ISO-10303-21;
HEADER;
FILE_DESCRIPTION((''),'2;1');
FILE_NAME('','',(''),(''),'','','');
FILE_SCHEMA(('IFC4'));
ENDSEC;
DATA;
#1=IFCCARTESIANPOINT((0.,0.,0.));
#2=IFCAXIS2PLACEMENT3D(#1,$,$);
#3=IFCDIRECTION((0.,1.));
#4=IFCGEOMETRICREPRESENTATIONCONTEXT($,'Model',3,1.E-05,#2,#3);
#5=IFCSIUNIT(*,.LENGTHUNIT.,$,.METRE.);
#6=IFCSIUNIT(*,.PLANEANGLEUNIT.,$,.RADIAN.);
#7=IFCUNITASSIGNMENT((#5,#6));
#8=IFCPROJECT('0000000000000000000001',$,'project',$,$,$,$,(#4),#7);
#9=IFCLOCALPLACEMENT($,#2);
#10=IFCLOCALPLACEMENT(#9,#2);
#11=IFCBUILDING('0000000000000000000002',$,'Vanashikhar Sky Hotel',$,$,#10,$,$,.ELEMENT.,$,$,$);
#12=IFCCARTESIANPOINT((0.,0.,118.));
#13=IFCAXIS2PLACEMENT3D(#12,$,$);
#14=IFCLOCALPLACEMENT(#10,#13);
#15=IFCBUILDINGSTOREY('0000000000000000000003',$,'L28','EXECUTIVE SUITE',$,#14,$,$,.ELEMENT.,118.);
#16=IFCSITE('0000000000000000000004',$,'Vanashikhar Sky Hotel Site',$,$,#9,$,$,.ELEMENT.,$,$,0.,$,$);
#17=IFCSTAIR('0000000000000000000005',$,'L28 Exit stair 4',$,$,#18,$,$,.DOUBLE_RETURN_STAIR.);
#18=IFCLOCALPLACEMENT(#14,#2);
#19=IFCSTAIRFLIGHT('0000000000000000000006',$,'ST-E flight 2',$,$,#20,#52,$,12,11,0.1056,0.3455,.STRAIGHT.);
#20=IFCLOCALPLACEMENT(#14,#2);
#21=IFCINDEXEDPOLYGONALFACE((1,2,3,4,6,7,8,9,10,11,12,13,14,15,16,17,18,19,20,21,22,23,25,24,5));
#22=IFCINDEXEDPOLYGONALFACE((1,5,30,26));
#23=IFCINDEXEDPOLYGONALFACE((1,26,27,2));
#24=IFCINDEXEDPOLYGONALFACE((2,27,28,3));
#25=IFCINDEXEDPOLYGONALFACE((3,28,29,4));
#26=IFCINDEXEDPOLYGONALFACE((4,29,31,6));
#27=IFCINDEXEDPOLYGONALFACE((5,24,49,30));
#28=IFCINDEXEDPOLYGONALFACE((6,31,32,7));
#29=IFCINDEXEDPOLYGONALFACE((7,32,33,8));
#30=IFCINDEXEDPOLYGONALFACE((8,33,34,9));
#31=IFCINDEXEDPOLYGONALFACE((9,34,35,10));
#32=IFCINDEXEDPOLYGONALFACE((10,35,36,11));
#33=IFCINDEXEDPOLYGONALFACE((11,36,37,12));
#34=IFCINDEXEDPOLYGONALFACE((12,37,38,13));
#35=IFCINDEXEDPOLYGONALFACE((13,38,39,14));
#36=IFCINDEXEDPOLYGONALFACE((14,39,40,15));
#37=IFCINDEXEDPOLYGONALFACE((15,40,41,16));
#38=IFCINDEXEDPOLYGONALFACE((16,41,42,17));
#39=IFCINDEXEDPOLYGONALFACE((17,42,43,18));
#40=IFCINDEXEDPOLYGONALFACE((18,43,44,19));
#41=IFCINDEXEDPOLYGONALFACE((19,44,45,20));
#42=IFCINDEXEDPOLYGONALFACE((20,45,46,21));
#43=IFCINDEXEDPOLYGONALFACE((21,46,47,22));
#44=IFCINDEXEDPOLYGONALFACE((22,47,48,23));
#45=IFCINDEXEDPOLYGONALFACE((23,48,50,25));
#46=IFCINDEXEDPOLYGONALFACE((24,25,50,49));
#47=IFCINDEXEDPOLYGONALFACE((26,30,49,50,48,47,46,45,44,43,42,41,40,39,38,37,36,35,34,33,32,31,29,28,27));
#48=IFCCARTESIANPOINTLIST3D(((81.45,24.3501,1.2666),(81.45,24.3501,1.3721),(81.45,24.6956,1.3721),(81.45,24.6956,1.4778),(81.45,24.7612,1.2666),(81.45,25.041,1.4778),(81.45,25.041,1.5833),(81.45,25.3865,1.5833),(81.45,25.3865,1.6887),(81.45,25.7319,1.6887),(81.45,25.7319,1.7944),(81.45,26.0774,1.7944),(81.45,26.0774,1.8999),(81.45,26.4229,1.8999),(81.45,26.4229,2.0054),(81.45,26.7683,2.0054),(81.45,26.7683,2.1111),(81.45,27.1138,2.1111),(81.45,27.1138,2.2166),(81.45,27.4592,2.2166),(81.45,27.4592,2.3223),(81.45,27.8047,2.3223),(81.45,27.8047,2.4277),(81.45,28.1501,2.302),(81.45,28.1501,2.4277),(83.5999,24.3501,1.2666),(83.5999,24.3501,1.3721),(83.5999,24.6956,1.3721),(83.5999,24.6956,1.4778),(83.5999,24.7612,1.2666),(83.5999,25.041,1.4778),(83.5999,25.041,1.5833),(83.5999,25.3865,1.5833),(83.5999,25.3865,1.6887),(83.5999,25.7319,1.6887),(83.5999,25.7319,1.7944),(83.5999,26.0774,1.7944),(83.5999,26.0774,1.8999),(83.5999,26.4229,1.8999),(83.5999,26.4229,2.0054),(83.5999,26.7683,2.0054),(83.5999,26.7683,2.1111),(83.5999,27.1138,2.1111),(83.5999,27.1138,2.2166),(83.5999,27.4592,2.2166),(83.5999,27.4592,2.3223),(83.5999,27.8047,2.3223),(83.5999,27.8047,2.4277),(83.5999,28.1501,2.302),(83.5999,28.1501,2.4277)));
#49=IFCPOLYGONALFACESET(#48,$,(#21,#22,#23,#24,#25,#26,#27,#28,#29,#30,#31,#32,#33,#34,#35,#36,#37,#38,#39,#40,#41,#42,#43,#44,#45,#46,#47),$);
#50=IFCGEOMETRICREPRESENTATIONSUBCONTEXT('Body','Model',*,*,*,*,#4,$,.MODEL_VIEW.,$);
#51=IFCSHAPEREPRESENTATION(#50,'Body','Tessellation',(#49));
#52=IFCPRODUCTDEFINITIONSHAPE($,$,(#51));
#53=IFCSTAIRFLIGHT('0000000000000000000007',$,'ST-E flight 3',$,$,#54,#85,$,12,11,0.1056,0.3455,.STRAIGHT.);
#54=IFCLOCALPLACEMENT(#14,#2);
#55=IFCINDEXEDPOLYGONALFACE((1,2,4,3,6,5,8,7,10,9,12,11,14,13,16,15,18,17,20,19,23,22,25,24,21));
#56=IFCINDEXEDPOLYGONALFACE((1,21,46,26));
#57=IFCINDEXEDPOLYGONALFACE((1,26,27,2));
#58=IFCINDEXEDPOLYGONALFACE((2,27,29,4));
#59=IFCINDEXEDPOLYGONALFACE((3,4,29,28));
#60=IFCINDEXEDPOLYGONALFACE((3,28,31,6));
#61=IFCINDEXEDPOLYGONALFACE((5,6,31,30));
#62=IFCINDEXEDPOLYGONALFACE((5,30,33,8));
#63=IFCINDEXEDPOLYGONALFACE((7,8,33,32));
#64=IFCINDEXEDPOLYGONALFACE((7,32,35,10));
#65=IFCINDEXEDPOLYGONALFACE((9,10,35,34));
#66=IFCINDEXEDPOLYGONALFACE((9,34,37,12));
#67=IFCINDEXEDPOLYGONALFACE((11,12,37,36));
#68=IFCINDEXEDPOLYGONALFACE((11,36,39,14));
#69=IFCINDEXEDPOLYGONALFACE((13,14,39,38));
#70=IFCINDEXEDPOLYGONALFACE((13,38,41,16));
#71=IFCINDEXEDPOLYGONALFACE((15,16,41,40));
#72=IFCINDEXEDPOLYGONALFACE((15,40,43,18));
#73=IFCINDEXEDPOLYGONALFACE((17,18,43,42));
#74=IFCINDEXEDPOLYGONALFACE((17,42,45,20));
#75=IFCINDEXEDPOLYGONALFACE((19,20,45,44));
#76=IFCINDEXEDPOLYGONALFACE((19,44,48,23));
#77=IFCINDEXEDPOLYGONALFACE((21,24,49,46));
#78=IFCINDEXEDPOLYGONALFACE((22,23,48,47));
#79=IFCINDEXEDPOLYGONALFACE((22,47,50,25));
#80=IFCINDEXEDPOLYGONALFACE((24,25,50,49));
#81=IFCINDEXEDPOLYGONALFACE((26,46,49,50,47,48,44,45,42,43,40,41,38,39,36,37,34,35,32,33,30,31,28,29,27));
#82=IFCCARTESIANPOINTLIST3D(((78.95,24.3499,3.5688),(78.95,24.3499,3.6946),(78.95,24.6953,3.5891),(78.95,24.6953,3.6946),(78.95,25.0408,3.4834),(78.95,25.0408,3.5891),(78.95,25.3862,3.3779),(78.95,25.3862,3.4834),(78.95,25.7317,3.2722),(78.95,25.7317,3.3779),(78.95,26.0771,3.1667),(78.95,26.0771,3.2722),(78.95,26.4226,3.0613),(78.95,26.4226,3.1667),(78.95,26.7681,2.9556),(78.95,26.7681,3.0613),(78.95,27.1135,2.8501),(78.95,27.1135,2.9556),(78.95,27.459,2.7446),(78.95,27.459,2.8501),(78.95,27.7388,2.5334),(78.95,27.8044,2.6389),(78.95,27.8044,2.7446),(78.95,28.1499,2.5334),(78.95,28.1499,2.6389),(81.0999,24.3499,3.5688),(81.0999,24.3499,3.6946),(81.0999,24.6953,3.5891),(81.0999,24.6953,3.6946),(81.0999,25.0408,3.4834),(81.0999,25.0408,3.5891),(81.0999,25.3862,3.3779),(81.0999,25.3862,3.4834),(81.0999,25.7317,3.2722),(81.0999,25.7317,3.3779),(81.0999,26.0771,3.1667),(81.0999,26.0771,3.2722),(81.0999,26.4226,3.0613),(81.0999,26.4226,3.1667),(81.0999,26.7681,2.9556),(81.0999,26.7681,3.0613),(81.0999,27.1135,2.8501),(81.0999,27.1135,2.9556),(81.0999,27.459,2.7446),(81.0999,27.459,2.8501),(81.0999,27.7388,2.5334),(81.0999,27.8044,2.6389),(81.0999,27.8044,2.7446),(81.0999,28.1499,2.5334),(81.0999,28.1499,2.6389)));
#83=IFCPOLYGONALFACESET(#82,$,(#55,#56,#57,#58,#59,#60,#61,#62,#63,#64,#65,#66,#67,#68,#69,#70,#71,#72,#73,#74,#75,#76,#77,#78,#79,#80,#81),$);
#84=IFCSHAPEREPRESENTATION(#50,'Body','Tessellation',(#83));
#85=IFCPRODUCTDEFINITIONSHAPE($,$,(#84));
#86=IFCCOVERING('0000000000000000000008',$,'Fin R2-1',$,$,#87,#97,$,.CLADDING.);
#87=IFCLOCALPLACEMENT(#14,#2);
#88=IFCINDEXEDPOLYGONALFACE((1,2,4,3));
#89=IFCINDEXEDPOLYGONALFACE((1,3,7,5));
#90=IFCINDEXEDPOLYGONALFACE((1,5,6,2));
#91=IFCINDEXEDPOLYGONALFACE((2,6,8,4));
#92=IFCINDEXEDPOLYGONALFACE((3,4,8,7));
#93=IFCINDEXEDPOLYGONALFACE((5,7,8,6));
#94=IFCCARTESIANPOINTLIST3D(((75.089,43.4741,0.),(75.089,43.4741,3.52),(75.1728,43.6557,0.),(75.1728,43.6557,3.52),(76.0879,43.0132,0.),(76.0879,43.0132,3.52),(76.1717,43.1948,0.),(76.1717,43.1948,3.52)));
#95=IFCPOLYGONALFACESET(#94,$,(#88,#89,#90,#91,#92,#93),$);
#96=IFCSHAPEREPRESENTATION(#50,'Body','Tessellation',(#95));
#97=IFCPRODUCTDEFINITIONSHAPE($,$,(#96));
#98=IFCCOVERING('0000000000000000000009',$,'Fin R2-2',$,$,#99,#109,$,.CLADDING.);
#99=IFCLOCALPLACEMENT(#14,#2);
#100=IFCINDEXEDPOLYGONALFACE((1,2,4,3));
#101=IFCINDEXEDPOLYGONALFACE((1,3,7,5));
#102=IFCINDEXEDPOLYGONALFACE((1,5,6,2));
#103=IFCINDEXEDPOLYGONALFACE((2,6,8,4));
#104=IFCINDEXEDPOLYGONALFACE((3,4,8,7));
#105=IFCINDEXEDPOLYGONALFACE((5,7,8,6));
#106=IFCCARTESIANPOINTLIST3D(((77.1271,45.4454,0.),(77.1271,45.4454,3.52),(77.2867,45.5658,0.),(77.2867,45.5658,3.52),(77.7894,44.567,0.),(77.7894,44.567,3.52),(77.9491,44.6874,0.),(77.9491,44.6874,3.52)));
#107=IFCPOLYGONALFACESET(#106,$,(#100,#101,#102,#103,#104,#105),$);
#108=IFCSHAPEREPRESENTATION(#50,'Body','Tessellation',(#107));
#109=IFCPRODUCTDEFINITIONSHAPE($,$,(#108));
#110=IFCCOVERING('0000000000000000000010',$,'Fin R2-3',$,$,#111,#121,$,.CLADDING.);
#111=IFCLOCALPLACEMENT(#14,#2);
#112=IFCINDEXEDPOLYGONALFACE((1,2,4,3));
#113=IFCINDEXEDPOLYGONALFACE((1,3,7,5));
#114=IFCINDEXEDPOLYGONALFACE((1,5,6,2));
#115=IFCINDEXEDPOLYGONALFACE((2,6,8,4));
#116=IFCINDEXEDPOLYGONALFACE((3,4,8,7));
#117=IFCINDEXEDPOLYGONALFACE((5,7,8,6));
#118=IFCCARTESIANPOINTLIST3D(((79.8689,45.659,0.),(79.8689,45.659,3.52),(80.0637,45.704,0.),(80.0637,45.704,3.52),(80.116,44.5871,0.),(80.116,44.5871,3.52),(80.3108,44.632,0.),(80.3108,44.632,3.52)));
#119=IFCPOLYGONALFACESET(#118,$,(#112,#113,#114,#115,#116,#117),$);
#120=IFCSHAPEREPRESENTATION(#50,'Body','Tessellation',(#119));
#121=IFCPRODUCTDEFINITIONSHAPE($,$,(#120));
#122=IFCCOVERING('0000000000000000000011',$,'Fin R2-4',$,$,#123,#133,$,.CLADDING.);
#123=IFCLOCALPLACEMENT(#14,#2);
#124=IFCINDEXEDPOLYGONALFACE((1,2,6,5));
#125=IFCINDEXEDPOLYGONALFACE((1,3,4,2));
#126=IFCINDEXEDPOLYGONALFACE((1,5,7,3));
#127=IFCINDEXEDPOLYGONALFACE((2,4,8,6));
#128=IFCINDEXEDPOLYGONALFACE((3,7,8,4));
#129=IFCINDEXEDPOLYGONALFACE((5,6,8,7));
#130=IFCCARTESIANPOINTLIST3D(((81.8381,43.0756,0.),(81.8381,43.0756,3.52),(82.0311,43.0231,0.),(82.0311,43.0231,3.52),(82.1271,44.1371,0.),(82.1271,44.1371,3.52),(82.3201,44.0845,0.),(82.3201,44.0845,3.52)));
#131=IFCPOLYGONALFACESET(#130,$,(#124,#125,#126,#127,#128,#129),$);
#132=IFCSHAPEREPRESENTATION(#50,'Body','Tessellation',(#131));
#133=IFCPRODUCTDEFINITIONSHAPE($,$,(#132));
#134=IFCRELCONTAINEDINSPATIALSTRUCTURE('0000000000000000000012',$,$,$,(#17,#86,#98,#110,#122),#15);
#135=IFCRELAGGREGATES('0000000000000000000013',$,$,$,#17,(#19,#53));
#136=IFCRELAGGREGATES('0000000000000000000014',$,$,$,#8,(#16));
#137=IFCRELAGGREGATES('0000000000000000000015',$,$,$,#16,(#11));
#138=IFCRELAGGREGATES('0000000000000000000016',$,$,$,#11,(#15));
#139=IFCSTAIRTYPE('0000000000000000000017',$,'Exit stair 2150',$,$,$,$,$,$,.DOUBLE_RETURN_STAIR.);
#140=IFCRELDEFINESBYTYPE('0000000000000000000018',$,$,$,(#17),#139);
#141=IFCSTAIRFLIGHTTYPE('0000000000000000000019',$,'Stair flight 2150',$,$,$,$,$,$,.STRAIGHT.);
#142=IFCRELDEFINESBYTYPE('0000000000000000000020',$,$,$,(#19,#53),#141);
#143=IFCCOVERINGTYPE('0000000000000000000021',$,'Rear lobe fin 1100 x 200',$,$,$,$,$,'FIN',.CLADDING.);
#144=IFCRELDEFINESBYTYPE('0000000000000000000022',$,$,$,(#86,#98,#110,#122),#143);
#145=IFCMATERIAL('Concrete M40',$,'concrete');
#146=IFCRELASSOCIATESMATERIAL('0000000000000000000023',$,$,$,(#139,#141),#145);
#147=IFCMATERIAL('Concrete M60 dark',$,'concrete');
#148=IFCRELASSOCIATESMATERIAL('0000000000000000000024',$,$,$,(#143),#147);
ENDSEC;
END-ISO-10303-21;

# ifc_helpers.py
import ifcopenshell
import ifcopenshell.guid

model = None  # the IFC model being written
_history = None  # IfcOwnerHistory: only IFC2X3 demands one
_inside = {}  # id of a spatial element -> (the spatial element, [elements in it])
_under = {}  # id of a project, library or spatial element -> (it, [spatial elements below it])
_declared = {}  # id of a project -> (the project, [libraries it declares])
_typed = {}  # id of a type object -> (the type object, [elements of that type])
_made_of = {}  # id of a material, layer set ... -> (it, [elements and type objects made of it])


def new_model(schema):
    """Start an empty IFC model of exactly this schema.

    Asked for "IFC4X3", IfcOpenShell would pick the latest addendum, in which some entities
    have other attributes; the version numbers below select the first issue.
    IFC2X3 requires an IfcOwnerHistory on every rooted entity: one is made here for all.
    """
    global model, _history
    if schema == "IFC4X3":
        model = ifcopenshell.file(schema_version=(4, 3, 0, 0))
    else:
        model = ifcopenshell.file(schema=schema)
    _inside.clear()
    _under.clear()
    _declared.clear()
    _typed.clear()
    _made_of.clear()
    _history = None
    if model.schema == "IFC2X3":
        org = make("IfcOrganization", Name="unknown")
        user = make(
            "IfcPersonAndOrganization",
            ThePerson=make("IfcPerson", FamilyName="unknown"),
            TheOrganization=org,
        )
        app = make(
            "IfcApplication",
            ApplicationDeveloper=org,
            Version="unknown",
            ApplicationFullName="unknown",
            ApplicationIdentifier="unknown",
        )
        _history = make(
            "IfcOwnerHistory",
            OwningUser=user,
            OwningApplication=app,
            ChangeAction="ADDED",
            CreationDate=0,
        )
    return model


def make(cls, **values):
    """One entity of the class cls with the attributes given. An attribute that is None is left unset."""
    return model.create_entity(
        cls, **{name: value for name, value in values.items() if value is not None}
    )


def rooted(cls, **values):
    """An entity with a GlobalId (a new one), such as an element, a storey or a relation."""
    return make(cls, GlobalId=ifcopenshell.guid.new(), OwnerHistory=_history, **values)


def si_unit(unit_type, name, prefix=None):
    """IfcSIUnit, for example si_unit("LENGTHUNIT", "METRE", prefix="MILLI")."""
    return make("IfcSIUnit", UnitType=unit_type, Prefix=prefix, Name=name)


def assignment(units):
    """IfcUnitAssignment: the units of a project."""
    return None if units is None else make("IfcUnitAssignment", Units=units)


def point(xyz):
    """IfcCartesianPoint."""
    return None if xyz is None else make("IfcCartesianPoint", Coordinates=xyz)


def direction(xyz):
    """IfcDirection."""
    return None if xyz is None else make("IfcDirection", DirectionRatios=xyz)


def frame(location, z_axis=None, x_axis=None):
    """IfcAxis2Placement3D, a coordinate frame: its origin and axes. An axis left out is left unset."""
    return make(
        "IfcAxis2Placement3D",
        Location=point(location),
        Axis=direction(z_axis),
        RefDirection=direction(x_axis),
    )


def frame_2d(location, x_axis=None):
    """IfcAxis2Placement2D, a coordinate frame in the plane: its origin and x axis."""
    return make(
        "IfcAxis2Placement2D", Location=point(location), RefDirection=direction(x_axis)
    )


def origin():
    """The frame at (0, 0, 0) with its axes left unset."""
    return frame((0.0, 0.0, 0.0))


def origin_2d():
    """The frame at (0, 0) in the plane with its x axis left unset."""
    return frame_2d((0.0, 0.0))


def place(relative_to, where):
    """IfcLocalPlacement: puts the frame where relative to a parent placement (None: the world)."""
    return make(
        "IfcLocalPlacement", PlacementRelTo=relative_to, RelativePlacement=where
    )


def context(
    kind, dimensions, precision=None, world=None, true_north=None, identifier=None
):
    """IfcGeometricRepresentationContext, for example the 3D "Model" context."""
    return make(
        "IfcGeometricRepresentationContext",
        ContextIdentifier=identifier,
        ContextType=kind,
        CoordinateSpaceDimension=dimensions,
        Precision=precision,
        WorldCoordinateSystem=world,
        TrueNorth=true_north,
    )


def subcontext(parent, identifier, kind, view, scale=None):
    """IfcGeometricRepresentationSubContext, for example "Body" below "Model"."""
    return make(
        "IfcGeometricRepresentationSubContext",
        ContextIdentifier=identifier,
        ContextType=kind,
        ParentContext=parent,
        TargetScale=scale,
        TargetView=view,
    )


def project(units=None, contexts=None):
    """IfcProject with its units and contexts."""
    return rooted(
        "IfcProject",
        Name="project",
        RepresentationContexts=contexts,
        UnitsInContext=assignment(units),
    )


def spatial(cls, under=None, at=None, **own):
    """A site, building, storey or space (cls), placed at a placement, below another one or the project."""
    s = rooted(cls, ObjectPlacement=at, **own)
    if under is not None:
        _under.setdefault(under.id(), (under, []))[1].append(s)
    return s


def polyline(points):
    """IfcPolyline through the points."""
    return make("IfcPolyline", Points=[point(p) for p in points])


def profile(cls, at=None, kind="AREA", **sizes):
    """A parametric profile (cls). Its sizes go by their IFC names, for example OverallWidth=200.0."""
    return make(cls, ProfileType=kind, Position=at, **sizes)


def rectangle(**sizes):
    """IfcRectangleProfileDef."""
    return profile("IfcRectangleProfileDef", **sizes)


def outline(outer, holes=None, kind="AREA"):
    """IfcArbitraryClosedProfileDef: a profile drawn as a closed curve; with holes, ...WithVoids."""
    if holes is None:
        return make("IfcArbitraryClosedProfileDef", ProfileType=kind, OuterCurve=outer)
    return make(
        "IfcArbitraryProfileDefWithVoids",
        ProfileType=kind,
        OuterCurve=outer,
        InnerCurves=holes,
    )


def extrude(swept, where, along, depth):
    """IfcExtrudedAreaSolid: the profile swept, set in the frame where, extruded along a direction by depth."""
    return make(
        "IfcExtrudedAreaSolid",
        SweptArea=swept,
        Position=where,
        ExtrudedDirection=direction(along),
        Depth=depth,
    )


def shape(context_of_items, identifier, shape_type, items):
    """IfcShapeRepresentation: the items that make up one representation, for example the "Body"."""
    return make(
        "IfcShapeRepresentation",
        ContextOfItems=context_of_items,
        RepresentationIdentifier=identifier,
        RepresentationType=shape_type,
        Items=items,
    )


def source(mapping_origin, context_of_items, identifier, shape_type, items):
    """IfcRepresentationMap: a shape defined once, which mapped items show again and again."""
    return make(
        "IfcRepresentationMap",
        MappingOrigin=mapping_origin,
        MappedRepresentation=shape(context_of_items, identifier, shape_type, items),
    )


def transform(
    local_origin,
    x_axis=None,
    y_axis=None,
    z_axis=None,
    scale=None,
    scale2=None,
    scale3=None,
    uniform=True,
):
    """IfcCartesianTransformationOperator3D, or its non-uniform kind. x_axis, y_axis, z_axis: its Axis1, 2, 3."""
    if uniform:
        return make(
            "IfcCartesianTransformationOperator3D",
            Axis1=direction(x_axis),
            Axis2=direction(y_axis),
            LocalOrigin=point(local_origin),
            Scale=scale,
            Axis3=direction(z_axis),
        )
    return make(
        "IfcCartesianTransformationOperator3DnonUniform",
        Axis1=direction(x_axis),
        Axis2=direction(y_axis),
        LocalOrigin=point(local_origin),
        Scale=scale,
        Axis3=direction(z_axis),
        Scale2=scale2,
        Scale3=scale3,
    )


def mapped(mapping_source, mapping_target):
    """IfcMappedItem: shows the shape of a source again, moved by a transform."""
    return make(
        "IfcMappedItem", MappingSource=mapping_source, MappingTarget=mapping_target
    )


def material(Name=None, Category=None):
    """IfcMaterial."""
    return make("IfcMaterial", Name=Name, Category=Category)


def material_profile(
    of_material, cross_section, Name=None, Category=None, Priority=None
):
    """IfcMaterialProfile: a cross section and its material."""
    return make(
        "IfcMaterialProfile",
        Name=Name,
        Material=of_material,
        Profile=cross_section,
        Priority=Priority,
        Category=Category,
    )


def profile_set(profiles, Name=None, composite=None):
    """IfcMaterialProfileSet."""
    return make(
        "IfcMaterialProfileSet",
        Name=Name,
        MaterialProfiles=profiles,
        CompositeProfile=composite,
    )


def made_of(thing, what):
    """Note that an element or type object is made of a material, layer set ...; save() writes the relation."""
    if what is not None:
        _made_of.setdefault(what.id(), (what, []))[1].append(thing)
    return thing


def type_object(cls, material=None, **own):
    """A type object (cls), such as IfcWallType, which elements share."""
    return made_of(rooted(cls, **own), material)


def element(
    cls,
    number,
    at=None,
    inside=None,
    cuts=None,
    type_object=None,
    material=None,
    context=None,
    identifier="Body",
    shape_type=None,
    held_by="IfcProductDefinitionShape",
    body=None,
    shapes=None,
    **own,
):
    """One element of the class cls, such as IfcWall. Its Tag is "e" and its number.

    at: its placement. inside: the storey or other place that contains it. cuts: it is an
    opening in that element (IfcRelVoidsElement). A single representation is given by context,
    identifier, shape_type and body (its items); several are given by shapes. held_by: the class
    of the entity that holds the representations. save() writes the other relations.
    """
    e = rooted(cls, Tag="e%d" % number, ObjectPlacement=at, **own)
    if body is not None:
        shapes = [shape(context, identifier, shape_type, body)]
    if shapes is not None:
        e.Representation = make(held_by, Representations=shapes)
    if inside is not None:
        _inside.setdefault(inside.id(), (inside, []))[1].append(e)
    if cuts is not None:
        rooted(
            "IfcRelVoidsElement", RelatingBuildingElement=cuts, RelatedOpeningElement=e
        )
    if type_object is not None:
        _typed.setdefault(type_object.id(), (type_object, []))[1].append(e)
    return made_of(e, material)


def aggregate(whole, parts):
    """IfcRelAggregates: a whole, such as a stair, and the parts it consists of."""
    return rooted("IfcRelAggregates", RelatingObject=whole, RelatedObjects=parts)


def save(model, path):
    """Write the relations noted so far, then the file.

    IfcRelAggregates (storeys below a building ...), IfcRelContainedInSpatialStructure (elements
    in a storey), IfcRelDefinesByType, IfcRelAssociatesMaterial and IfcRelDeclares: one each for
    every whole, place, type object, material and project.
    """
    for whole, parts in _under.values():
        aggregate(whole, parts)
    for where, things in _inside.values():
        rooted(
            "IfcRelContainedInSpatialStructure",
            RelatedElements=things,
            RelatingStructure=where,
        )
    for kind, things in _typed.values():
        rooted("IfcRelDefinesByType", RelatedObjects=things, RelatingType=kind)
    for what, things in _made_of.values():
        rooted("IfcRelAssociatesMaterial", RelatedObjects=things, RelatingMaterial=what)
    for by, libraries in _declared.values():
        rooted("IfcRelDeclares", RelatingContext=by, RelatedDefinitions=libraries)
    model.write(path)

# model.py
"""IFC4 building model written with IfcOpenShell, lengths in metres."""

from ifc_helpers import new_model, si_unit, direction, frame, origin, origin_2d, place, context, subcontext, project, spatial, polyline, rectangle, outline, extrude, source, transform, mapped, material, material_profile, profile_set, type_object, element, aggregate, save


model = new_model("IFC4")

# Units and contexts
model_context = context("Model", 3, precision=1e-05, world=origin(), true_north=direction((0.0, 1.0)))
body_context = subcontext(model_context, "Body", "Model", "MODEL_VIEW")
ifc_project = project(units=[si_unit("LENGTHUNIT", "METRE"), si_unit("PLANEANGLEUNIT", "RADIAN")], contexts=[model_context])

# Site, building, storey
site_placement = place(None, origin())
site = spatial("IfcSite", under=ifc_project, at=site_placement, Name="Vanashikhar Sky Hotel Site", CompositionType="ELEMENT", RefElevation=0.0)
building_placement = place(site_placement, origin())
building = spatial("IfcBuilding", under=site, at=building_placement, Name="Vanashikhar Sky Hotel", CompositionType="ELEMENT")
storey_placement = place(building_placement, frame((0.0, 0.0, 118.0)))
storey = spatial("IfcBuildingStorey", under=building, at=storey_placement, Name="L28", Description="EXECUTIVE SUITE", CompositionType="ELEMENT", Elevation=118.0)

# Stair, stair flights
ifc_material_1 = material(Name="Concrete M40", Category="concrete")
stair_type = type_object("IfcStairType", Name="Exit stair 2150", PredefinedType="DOUBLE_RETURN_STAIR", material=ifc_material_1)
stair_placement = place(storey_placement, origin())
stair = element("IfcStair", 1, at=stair_placement, inside=storey, type_object=stair_type, Name="L28 Exit stair 4", PredefinedType="DOUBLE_RETURN_STAIR")
stair_flight_type = type_object("IfcStairFlightType", Name="Stair flight 2150", PredefinedType="STRAIGHT", material=ifc_material_1)
shared_shape_1 = source(origin(), body_context, "Body", "SweptSolid", [
    extrude(outline(polyline([(0.0, 0.0), (0.0, 0.1055), (0.3455, 0.1055), (0.3455, 0.2112), (0.6909, 0.2112), (0.6909, 0.3167), (1.0364, 0.3167), (1.0364, 0.4221), (1.3818, 0.4221), (1.3818, 0.5278), (1.7273, 0.5278), (1.7273, 0.6333), (2.0728, 0.6333), (2.0728, 0.7388), (2.4182, 0.7388), (2.4182, 0.8445), (2.7637, 0.8445), (2.7637, 0.95), (3.1091, 0.95), (3.1091, 1.0557), (3.4546, 1.0557), (3.4546, 1.1611), (3.8, 1.1611), (3.8, 1.2666), (3.8, 1.0354), (0.4111, 0.0), (0.0, 0.0)])), frame((0.0, 1.075, 0.0), z_axis=(0.0, -1.0, 0.0), x_axis=(1.0, 0.0, 0.0)), (0.0, 0.0, 1.0), 2.1499),
])
stair_flight_1_placement = place(storey_placement, frame((82.5249, 24.3501, 1.2666), z_axis=(0.0, 0.0, 1.0), x_axis=(0.0, 1.0, 0.0)))
stair_flight_1 = element("IfcStairFlight", 2, at=stair_flight_1_placement, type_object=stair_flight_type, Name="ST-E flight 2", NumberOfRisers=12, NumberOfTreads=11, PredefinedType="STRAIGHT", RiserHeight=0.1056, TreadLength=0.3455, context=body_context, shape_type="MappedRepresentation", body=[
    mapped(shared_shape_1, transform((0.0, 0.0, 0.0), scale=1.0)),
])
stair_flight_2_placement = place(storey_placement, frame((80.0249, 28.1499, 2.5334), z_axis=(0.0, 0.0, 1.0), x_axis=(0.0, -1.0, 0.0)))
stair_flight_2 = element("IfcStairFlight", 3, at=stair_flight_2_placement, type_object=stair_flight_type, Name="ST-E flight 3", NumberOfRisers=12, NumberOfTreads=11, PredefinedType="STRAIGHT", RiserHeight=0.1056, TreadLength=0.3455, context=body_context, shape_type="MappedRepresentation", body=[
    mapped(shared_shape_1, transform((0.0, 0.0, 0.0), scale=1.0)),
])
aggregate(stair, [stair_flight_1, stair_flight_2])

# Coverings
ifc_material_2 = material(Name="Concrete M60 dark", Category="concrete")
ifc_material_profile_1 = material_profile(ifc_material_2, rectangle(XDim=1.1001, YDim=0.2, at=origin_2d()))
ifc_profile_set_1 = profile_set([ifc_material_profile_1], Name="Rear lobe fin 1100 x 200")
covering_type = type_object("IfcCoveringType", Name="Rear lobe fin 1100 x 200", ElementType="FIN", PredefinedType="CLADDING", material=ifc_profile_set_1)
shared_shape_2 = source(origin(), body_context, "Body", "SweptSolid", [
    extrude(rectangle(XDim=1.1001, YDim=0.2, at=origin_2d()), origin(), (0.0, 0.0, 1.0), 3.52),
])
for number, where, z_axis, x_axis, name in (
    (4, (75.6304, 43.3345, 0.0), (0.0, 0.0, 1.0), (-0.908004, 0.418961, 0.0), "Fin R2-1"),
    (5, (77.5381, 45.0664, 0.0), (0.0, 0.0, 1.0), (-0.602066, 0.798446, 0.0), "Fin R2-2"),
    (6, (80.0898, 45.1455, 0.0), (0.0, 0.0, 1.0), (-0.224645, 0.974441, 0.0), "Fin R2-3"),
    (7, (82.0791, 43.5801, 0.0), (0.0, 0.0, 1.0), (0.262711, 0.964874, 0.0), "Fin R2-4"),
):
    element("IfcCovering", number, at=place(storey_placement, frame(where, z_axis=z_axis, x_axis=x_axis)), inside=storey, type_object=covering_type, Name=name, PredefinedType="CLADDING", context=body_context, shape_type="MappedRepresentation", body=[
        mapped(shared_shape_2, transform((0.0, 0.0, 0.0), scale=1.0)),
    ])

save(model, "model.ifc")
